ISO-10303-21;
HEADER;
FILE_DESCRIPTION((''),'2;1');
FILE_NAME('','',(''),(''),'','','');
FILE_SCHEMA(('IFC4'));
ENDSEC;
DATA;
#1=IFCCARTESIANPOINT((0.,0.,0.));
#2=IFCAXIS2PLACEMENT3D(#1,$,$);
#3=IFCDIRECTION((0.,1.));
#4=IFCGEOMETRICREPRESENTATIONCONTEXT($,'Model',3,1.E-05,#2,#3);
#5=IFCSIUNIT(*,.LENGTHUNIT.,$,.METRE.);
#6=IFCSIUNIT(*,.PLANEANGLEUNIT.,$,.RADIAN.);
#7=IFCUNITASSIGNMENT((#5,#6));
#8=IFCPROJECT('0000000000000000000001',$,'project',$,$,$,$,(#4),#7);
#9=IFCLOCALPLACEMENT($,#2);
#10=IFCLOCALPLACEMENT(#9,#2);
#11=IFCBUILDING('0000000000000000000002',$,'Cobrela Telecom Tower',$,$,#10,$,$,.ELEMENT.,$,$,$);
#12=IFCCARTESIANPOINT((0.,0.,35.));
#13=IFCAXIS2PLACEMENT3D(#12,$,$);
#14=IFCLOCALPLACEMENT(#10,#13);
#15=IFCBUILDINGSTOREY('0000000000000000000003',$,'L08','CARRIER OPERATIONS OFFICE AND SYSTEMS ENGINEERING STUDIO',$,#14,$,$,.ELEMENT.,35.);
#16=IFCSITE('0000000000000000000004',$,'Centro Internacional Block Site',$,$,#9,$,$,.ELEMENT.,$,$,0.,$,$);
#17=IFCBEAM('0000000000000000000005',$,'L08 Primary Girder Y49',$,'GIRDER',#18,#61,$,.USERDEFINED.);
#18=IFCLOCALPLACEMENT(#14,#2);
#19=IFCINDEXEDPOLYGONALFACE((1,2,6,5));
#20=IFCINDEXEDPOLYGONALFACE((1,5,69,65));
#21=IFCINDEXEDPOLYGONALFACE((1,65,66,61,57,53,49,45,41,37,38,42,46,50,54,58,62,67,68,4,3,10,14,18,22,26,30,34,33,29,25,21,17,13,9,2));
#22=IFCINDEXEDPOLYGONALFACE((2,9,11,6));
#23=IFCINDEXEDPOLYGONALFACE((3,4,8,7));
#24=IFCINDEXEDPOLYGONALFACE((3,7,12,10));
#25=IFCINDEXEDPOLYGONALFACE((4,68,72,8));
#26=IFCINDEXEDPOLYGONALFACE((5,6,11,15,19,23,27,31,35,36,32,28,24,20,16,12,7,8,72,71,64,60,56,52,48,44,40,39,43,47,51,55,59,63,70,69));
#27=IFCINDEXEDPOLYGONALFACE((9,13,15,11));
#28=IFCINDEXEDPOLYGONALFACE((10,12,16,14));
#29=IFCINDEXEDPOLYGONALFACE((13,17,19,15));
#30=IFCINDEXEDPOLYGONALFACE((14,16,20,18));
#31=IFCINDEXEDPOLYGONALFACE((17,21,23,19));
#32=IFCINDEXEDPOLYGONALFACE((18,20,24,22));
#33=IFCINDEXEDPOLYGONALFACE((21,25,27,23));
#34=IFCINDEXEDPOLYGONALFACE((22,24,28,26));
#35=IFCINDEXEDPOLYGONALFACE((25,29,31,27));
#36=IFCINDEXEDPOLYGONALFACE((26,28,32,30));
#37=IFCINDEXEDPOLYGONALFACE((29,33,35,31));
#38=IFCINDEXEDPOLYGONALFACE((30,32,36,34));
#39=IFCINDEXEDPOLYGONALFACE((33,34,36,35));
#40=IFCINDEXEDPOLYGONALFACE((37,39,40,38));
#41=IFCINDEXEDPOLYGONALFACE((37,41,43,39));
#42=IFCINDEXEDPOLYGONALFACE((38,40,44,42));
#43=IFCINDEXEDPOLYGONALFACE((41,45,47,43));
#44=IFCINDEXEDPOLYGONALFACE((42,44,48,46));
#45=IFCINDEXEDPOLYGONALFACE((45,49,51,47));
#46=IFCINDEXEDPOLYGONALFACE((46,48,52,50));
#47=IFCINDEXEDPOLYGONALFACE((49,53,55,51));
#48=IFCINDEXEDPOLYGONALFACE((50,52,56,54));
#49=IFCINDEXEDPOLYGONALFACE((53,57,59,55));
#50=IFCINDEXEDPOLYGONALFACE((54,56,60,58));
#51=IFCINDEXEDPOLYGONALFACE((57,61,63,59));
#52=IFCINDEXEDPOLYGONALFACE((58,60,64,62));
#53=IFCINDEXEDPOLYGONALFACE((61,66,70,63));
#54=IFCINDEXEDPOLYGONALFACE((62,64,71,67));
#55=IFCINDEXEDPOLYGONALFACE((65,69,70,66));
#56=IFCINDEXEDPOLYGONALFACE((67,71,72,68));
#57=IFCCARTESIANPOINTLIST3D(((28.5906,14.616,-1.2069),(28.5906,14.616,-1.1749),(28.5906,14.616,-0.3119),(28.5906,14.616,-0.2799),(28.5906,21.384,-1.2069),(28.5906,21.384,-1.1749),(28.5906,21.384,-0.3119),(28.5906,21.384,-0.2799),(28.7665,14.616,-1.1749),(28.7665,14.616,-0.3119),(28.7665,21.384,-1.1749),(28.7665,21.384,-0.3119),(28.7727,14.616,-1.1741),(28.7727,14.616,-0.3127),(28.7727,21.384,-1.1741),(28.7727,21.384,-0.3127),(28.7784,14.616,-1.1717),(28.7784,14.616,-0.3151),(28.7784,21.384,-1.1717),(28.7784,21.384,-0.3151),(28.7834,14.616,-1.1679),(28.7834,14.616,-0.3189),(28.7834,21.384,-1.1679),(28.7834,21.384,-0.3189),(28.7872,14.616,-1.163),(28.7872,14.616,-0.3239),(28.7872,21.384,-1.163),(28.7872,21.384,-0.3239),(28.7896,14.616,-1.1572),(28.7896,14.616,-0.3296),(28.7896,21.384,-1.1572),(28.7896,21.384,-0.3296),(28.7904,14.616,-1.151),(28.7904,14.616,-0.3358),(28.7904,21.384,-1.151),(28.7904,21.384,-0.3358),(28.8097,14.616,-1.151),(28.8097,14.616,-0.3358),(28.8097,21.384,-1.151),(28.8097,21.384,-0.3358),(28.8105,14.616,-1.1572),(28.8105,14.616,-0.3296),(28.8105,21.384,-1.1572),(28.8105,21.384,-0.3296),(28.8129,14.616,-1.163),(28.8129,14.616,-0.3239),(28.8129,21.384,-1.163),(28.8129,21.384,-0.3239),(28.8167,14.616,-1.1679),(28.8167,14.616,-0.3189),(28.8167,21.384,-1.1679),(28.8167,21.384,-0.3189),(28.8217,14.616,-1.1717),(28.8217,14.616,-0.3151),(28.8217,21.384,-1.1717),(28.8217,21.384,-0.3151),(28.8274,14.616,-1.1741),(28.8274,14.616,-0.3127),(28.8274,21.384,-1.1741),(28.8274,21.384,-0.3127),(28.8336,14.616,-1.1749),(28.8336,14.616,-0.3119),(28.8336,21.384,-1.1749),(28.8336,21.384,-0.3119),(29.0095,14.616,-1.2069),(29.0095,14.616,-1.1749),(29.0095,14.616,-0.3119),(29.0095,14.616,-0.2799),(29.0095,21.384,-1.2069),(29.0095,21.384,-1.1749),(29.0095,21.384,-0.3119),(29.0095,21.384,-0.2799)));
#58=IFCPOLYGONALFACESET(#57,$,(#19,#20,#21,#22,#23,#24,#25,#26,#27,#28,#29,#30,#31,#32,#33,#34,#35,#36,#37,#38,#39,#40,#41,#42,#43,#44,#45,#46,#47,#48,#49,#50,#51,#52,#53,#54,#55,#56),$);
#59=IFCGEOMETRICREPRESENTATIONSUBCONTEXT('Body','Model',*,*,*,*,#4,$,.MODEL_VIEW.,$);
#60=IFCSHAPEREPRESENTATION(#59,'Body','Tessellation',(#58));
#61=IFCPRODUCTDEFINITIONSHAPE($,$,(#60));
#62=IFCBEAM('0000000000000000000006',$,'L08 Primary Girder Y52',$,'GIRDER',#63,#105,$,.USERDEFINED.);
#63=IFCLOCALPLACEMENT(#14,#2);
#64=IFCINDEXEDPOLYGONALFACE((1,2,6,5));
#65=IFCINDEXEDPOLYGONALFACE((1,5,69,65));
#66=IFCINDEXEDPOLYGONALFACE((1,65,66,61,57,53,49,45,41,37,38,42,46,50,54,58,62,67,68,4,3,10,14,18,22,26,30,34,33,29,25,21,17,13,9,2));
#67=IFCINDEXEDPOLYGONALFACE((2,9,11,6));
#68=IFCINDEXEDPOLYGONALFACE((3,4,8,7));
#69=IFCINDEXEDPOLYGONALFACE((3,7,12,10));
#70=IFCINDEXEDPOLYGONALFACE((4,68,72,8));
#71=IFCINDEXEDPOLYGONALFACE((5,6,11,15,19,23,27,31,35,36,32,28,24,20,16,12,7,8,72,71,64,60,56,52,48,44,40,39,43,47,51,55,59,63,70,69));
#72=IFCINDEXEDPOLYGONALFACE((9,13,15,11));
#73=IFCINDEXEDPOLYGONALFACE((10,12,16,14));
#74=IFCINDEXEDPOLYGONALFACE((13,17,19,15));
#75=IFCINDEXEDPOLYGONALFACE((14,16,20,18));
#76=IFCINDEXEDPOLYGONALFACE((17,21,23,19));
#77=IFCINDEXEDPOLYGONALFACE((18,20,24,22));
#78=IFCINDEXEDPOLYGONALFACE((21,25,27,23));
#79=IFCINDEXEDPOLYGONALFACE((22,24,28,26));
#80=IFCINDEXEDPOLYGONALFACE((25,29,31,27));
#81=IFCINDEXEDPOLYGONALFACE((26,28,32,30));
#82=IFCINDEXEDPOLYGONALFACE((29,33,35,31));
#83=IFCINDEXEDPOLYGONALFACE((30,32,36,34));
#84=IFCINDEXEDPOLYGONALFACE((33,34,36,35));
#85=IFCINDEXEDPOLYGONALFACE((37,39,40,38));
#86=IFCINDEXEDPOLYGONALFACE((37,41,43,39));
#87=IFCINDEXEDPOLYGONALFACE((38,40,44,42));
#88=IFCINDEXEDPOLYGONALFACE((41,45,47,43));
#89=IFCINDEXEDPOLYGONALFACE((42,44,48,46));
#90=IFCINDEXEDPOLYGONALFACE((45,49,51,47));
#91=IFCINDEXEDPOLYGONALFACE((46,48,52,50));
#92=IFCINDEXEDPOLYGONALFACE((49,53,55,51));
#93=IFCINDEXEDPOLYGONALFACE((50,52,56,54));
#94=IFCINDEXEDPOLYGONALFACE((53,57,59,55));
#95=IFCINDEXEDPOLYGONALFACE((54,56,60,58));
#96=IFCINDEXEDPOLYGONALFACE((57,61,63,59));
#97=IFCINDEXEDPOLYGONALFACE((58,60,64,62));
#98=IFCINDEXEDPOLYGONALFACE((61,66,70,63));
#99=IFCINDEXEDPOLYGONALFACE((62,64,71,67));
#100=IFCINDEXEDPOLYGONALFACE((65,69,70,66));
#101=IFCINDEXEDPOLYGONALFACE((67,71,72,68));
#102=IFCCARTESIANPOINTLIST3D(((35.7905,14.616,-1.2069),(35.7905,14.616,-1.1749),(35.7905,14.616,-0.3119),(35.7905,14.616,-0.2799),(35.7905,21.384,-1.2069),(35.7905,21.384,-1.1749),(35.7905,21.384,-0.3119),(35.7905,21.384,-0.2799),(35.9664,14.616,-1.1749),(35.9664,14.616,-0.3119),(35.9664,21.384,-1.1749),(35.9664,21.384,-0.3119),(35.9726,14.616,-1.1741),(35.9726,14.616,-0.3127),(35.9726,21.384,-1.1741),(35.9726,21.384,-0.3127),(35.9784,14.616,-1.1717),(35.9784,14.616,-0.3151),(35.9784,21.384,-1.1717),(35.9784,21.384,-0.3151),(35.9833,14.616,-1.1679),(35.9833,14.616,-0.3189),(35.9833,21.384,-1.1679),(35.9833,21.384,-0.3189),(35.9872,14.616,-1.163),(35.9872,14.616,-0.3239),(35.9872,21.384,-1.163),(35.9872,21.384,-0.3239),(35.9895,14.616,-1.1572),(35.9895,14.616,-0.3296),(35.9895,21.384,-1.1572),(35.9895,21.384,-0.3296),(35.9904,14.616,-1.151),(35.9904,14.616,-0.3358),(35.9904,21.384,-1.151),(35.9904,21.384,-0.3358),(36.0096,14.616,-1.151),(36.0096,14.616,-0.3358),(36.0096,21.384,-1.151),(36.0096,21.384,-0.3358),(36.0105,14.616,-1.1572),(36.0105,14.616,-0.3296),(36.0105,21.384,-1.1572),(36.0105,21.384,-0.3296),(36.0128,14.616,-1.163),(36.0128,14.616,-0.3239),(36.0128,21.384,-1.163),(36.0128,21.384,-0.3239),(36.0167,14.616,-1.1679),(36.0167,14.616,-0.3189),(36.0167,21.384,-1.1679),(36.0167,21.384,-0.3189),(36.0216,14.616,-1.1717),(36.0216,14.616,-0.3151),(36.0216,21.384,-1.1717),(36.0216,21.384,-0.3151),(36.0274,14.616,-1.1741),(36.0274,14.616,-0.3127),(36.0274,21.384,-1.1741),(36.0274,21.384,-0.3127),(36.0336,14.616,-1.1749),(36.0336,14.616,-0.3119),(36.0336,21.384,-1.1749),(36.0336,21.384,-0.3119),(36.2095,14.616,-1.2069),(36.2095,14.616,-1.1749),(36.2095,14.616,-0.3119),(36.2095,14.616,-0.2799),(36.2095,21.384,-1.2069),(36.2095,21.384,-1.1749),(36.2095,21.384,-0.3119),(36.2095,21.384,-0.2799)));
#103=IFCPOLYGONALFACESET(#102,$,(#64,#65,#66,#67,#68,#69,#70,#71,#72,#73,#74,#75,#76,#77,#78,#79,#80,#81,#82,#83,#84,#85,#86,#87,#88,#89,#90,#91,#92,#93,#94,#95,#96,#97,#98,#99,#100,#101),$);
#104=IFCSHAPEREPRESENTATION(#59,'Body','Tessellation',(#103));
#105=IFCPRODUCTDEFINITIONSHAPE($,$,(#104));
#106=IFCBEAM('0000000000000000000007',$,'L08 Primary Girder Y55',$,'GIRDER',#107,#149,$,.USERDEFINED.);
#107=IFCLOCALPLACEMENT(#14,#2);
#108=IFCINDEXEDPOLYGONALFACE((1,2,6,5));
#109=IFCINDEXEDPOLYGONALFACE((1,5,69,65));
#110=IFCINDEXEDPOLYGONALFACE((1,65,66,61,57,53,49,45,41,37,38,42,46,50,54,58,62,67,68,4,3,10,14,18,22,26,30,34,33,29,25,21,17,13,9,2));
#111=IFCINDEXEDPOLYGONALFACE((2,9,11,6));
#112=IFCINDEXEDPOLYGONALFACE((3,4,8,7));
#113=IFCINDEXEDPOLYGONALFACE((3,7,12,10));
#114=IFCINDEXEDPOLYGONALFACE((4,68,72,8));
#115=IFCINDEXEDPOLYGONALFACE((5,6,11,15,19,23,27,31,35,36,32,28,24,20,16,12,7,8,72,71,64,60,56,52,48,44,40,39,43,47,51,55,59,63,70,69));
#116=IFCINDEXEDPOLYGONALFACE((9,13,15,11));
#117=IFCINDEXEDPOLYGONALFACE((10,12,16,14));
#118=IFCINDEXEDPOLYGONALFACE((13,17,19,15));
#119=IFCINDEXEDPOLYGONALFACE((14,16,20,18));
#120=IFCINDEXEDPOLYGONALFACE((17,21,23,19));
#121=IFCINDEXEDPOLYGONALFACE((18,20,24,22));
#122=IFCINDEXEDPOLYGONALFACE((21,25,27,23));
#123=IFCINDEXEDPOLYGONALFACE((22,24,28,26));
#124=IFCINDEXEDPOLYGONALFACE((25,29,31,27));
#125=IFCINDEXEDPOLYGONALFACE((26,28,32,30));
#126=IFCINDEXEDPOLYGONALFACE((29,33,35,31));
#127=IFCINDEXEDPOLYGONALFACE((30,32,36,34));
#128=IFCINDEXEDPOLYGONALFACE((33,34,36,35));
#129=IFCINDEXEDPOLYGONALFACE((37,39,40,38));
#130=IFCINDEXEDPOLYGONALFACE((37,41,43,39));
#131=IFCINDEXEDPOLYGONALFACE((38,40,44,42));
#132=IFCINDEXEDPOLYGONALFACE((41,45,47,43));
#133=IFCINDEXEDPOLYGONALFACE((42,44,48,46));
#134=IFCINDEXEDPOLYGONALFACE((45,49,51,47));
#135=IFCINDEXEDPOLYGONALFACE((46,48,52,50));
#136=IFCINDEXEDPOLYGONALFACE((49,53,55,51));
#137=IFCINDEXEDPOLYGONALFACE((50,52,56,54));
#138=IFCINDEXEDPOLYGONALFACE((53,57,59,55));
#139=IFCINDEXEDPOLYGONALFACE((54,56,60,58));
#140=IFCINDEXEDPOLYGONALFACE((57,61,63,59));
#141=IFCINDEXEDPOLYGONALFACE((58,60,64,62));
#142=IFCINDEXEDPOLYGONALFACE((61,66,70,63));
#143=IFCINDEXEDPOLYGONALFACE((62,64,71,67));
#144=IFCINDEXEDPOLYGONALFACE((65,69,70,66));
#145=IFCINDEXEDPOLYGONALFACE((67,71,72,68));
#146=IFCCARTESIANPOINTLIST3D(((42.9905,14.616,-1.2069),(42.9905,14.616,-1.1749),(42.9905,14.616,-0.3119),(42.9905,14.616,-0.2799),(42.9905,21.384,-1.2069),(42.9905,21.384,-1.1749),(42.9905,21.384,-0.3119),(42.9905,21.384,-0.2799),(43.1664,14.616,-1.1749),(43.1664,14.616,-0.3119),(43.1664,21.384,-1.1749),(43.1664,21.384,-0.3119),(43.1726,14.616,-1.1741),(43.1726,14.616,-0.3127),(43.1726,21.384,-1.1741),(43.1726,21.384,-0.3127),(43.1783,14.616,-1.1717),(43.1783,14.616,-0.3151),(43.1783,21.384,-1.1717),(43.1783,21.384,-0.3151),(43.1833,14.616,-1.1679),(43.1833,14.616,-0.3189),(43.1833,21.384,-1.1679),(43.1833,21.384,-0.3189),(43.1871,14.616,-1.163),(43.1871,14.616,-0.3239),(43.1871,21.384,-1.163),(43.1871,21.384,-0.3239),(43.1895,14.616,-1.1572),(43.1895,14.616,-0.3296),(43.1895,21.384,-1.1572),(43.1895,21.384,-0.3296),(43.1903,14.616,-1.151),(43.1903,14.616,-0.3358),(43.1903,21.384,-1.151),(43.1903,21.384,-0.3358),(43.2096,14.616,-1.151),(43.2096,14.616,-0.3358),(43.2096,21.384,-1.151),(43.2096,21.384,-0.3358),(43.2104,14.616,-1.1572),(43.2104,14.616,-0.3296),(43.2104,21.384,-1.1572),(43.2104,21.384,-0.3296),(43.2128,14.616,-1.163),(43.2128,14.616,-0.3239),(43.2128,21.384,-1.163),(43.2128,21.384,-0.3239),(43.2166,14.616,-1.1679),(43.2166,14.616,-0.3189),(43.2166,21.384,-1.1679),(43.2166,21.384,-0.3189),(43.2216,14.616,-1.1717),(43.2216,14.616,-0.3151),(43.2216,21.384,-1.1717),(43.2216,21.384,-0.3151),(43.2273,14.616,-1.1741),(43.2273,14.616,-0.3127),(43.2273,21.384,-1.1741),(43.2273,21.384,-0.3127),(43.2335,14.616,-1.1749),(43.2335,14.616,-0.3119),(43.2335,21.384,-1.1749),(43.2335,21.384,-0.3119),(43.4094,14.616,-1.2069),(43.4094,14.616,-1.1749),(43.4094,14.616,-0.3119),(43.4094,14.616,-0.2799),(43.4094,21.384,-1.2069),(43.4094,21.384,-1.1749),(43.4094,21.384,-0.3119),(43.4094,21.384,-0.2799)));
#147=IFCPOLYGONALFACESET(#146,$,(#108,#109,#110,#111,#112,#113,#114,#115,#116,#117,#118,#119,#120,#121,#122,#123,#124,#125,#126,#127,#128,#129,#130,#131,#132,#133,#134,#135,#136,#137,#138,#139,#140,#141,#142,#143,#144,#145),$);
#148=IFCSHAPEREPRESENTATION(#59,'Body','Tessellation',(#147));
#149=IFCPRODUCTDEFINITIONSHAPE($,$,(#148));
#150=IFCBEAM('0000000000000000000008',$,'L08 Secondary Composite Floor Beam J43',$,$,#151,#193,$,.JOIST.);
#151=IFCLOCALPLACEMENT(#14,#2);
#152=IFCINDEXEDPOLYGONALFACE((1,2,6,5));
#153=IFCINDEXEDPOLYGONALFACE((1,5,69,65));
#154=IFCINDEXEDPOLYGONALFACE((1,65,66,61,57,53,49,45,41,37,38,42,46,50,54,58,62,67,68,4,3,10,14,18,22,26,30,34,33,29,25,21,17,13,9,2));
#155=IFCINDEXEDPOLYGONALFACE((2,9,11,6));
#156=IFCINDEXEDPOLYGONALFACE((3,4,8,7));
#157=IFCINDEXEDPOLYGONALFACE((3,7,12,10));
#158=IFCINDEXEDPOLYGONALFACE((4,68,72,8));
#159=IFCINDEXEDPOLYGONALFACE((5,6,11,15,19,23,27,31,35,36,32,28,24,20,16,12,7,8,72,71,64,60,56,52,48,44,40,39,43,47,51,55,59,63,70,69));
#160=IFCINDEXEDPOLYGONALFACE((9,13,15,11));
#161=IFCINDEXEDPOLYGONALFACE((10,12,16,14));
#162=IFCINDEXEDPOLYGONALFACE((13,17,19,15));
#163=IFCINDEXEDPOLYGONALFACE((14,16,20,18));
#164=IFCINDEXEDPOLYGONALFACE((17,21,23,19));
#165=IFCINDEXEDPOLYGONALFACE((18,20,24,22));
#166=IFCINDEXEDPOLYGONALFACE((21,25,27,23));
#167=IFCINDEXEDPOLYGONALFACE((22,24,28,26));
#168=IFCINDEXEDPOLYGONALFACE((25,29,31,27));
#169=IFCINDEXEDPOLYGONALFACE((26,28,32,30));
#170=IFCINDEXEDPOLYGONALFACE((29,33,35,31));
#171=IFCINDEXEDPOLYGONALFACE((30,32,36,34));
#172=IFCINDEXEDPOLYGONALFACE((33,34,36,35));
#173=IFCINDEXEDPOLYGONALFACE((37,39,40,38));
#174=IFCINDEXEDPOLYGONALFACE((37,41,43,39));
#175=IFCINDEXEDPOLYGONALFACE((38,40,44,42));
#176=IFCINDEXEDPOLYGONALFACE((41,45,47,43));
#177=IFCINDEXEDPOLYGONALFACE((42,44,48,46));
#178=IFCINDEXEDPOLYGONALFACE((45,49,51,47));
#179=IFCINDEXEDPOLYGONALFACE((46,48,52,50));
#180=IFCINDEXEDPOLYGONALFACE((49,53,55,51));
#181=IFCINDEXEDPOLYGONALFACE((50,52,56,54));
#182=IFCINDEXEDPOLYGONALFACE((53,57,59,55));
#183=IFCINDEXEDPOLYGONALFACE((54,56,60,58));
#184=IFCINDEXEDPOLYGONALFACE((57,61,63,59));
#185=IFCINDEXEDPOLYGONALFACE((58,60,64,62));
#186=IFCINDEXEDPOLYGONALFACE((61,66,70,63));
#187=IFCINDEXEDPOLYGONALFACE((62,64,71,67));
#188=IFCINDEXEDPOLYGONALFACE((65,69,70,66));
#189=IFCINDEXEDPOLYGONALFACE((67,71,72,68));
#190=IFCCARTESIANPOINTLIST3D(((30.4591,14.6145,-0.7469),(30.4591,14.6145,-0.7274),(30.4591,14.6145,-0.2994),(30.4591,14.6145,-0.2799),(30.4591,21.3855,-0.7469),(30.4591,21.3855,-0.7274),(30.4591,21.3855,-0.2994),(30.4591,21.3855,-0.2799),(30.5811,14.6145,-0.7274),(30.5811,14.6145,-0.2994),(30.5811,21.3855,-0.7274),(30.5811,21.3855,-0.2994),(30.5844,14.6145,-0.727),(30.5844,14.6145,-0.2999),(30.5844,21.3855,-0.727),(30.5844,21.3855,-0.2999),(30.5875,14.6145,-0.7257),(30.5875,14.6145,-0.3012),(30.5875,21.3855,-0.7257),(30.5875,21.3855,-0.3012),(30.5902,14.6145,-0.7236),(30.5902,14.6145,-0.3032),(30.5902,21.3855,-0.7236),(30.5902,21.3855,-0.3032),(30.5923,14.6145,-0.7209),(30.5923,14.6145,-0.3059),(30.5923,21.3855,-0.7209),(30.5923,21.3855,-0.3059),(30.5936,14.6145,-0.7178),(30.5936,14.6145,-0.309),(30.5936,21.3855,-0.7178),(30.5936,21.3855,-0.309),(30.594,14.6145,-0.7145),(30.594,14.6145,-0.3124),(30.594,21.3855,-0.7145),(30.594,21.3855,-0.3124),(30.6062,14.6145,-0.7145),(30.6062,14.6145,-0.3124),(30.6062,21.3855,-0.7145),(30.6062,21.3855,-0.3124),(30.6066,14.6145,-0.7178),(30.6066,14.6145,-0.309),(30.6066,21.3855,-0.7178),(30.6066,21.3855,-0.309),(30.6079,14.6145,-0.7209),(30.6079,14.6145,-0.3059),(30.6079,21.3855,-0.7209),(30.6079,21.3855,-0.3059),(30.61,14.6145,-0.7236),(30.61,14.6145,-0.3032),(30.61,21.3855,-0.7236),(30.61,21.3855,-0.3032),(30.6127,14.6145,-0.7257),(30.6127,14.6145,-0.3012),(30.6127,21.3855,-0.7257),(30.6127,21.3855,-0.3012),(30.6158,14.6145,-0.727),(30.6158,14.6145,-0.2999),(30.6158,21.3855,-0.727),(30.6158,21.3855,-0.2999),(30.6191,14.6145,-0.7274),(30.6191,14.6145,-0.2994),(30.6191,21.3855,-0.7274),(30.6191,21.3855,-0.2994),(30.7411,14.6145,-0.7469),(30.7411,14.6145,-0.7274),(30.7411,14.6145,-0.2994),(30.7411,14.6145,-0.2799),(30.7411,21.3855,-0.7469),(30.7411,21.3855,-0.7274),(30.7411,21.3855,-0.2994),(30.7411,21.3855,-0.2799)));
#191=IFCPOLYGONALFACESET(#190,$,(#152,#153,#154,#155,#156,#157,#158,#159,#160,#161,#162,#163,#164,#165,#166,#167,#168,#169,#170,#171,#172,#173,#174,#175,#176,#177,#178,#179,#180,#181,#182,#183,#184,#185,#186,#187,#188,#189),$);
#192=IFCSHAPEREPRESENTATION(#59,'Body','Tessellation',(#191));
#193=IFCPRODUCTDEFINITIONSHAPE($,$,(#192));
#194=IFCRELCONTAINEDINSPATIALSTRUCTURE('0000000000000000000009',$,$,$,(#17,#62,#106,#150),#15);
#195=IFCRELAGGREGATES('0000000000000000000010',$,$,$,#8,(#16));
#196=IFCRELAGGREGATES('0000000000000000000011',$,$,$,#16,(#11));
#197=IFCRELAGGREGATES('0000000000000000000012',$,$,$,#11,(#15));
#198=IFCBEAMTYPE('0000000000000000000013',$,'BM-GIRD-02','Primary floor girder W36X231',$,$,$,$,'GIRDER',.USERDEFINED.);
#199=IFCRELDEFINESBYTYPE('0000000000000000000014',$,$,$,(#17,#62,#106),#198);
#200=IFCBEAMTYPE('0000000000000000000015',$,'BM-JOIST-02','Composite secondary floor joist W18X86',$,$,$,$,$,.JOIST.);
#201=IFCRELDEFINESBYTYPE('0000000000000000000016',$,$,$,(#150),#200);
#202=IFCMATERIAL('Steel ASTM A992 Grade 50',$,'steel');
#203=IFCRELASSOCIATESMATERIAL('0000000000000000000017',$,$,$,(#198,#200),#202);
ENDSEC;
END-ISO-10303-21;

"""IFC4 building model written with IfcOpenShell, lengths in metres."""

from ifc_helpers import new_model, si_unit, direction, frame, origin, origin_2d, place, context, subcontext, project, spatial, i_section, extrude, material, material_profile, profile_set, type_object, element, save


model = new_model("IFC4")

# Units and contexts
model_context = context("Model", 3, precision=1e-05, world=origin(), true_north=direction((0.0, 1.0)))
body_context = subcontext(model_context, "Body", "Model", "MODEL_VIEW")
ifc_project = project(units=[si_unit("LENGTHUNIT", "METRE"), si_unit("PLANEANGLEUNIT", "RADIAN")], contexts=[model_context])

# Site, building, storey
site_placement = place(None, origin())
site = spatial("IfcSite", under=ifc_project, at=site_placement, Name="Centro Internacional Block Site", CompositionType="ELEMENT", RefElevation=0.0)
building_placement = place(site_placement, origin())
building = spatial("IfcBuilding", under=site, at=building_placement, Name="Cobrela Telecom Tower", CompositionType="ELEMENT")
storey_placement = place(building_placement, frame((0.0, 0.0, 35.0)))
storey = spatial("IfcBuildingStorey", under=building, at=storey_placement, Name="L08", Description="CARRIER OPERATIONS OFFICE AND SYSTEMS ENGINEERING STUDIO", CompositionType="ELEMENT", Elevation=35.0)

# Shared definitions
ifc_material_1 = material(Name="Steel ASTM A992 Grade 50", Category="steel")

# Beams
ifc_material_profile_1 = material_profile(ifc_material_1, i_section(OverallWidth=0.4189, OverallDepth=0.927, WebThickness=0.0193, FlangeThickness=0.032, FilletRadius=0.0239, at=origin_2d()), Name="W36X231")
ifc_profile_set_1 = profile_set([ifc_material_profile_1], Name="Steel ASTM A992 Grade 50")
beam_type_1 = type_object("IfcBeamType", Name="BM-GIRD-02", Description="Primary floor girder W36X231", ElementType="GIRDER", PredefinedType="USERDEFINED", material=ifc_profile_set_1)
for number, where, z_axis, x_axis, name in (
    (1, (28.8, 14.616, -0.7434), (0.0, 1.0, 0.0), (-1.0, 0.0, 0.0), "L08 Primary Girder Y49"),
    (2, (36.0, 14.616, -0.7434), (0.0, 1.0, 0.0), (-1.0, 0.0, 0.0), "L08 Primary Girder Y52"),
    (3, (43.2, 14.616, -0.7434), (0.0, 1.0, 0.0), (-1.0, 0.0, 0.0), "L08 Primary Girder Y55"),
):
    element("IfcBeam", number, at=place(storey_placement, frame(where, z_axis=z_axis, x_axis=x_axis)), inside=storey, type_object=beam_type_1, Name=name, ObjectType="GIRDER", PredefinedType="USERDEFINED", context=body_context, shape_type="SweptSolid", body=[
        extrude(i_section(OverallWidth=0.4189, OverallDepth=0.927, WebThickness=0.0193, FlangeThickness=0.032, FilletRadius=0.0239, at=origin_2d()), origin(), (0.0, 0.0, 1.0), 6.7681),
    ])
ifc_material_profile_2 = material_profile(ifc_material_1, i_section(OverallWidth=0.282, OverallDepth=0.467, WebThickness=0.0122, FlangeThickness=0.0195, FilletRadius=0.0129, at=origin_2d()), Name="W18X86")
ifc_profile_set_2 = profile_set([ifc_material_profile_2], Name="Steel ASTM A992 Grade 50")
beam_type_2 = type_object("IfcBeamType", Name="BM-JOIST-02", Description="Composite secondary floor joist W18X86", PredefinedType="JOIST", material=ifc_profile_set_2)
for number, where, z_axis, x_axis, name in (
    (4, (30.6001, 14.6145, -0.5134), (0.0, 1.0, 0.0), (-1.0, 0.0, 0.0), "L08 Secondary Composite Floor Beam J43"),
):
    element("IfcBeam", number, at=place(storey_placement, frame(where, z_axis=z_axis, x_axis=x_axis)), inside=storey, type_object=beam_type_2, Name=name, PredefinedType="JOIST", context=body_context, shape_type="SweptSolid", body=[
        extrude(i_section(OverallWidth=0.282, OverallDepth=0.467, WebThickness=0.0122, FlangeThickness=0.0195, FilletRadius=0.0129, at=origin_2d()), origin(), (0.0, 0.0, 1.0), 6.771),
    ])

save(model, "model.ifc")
